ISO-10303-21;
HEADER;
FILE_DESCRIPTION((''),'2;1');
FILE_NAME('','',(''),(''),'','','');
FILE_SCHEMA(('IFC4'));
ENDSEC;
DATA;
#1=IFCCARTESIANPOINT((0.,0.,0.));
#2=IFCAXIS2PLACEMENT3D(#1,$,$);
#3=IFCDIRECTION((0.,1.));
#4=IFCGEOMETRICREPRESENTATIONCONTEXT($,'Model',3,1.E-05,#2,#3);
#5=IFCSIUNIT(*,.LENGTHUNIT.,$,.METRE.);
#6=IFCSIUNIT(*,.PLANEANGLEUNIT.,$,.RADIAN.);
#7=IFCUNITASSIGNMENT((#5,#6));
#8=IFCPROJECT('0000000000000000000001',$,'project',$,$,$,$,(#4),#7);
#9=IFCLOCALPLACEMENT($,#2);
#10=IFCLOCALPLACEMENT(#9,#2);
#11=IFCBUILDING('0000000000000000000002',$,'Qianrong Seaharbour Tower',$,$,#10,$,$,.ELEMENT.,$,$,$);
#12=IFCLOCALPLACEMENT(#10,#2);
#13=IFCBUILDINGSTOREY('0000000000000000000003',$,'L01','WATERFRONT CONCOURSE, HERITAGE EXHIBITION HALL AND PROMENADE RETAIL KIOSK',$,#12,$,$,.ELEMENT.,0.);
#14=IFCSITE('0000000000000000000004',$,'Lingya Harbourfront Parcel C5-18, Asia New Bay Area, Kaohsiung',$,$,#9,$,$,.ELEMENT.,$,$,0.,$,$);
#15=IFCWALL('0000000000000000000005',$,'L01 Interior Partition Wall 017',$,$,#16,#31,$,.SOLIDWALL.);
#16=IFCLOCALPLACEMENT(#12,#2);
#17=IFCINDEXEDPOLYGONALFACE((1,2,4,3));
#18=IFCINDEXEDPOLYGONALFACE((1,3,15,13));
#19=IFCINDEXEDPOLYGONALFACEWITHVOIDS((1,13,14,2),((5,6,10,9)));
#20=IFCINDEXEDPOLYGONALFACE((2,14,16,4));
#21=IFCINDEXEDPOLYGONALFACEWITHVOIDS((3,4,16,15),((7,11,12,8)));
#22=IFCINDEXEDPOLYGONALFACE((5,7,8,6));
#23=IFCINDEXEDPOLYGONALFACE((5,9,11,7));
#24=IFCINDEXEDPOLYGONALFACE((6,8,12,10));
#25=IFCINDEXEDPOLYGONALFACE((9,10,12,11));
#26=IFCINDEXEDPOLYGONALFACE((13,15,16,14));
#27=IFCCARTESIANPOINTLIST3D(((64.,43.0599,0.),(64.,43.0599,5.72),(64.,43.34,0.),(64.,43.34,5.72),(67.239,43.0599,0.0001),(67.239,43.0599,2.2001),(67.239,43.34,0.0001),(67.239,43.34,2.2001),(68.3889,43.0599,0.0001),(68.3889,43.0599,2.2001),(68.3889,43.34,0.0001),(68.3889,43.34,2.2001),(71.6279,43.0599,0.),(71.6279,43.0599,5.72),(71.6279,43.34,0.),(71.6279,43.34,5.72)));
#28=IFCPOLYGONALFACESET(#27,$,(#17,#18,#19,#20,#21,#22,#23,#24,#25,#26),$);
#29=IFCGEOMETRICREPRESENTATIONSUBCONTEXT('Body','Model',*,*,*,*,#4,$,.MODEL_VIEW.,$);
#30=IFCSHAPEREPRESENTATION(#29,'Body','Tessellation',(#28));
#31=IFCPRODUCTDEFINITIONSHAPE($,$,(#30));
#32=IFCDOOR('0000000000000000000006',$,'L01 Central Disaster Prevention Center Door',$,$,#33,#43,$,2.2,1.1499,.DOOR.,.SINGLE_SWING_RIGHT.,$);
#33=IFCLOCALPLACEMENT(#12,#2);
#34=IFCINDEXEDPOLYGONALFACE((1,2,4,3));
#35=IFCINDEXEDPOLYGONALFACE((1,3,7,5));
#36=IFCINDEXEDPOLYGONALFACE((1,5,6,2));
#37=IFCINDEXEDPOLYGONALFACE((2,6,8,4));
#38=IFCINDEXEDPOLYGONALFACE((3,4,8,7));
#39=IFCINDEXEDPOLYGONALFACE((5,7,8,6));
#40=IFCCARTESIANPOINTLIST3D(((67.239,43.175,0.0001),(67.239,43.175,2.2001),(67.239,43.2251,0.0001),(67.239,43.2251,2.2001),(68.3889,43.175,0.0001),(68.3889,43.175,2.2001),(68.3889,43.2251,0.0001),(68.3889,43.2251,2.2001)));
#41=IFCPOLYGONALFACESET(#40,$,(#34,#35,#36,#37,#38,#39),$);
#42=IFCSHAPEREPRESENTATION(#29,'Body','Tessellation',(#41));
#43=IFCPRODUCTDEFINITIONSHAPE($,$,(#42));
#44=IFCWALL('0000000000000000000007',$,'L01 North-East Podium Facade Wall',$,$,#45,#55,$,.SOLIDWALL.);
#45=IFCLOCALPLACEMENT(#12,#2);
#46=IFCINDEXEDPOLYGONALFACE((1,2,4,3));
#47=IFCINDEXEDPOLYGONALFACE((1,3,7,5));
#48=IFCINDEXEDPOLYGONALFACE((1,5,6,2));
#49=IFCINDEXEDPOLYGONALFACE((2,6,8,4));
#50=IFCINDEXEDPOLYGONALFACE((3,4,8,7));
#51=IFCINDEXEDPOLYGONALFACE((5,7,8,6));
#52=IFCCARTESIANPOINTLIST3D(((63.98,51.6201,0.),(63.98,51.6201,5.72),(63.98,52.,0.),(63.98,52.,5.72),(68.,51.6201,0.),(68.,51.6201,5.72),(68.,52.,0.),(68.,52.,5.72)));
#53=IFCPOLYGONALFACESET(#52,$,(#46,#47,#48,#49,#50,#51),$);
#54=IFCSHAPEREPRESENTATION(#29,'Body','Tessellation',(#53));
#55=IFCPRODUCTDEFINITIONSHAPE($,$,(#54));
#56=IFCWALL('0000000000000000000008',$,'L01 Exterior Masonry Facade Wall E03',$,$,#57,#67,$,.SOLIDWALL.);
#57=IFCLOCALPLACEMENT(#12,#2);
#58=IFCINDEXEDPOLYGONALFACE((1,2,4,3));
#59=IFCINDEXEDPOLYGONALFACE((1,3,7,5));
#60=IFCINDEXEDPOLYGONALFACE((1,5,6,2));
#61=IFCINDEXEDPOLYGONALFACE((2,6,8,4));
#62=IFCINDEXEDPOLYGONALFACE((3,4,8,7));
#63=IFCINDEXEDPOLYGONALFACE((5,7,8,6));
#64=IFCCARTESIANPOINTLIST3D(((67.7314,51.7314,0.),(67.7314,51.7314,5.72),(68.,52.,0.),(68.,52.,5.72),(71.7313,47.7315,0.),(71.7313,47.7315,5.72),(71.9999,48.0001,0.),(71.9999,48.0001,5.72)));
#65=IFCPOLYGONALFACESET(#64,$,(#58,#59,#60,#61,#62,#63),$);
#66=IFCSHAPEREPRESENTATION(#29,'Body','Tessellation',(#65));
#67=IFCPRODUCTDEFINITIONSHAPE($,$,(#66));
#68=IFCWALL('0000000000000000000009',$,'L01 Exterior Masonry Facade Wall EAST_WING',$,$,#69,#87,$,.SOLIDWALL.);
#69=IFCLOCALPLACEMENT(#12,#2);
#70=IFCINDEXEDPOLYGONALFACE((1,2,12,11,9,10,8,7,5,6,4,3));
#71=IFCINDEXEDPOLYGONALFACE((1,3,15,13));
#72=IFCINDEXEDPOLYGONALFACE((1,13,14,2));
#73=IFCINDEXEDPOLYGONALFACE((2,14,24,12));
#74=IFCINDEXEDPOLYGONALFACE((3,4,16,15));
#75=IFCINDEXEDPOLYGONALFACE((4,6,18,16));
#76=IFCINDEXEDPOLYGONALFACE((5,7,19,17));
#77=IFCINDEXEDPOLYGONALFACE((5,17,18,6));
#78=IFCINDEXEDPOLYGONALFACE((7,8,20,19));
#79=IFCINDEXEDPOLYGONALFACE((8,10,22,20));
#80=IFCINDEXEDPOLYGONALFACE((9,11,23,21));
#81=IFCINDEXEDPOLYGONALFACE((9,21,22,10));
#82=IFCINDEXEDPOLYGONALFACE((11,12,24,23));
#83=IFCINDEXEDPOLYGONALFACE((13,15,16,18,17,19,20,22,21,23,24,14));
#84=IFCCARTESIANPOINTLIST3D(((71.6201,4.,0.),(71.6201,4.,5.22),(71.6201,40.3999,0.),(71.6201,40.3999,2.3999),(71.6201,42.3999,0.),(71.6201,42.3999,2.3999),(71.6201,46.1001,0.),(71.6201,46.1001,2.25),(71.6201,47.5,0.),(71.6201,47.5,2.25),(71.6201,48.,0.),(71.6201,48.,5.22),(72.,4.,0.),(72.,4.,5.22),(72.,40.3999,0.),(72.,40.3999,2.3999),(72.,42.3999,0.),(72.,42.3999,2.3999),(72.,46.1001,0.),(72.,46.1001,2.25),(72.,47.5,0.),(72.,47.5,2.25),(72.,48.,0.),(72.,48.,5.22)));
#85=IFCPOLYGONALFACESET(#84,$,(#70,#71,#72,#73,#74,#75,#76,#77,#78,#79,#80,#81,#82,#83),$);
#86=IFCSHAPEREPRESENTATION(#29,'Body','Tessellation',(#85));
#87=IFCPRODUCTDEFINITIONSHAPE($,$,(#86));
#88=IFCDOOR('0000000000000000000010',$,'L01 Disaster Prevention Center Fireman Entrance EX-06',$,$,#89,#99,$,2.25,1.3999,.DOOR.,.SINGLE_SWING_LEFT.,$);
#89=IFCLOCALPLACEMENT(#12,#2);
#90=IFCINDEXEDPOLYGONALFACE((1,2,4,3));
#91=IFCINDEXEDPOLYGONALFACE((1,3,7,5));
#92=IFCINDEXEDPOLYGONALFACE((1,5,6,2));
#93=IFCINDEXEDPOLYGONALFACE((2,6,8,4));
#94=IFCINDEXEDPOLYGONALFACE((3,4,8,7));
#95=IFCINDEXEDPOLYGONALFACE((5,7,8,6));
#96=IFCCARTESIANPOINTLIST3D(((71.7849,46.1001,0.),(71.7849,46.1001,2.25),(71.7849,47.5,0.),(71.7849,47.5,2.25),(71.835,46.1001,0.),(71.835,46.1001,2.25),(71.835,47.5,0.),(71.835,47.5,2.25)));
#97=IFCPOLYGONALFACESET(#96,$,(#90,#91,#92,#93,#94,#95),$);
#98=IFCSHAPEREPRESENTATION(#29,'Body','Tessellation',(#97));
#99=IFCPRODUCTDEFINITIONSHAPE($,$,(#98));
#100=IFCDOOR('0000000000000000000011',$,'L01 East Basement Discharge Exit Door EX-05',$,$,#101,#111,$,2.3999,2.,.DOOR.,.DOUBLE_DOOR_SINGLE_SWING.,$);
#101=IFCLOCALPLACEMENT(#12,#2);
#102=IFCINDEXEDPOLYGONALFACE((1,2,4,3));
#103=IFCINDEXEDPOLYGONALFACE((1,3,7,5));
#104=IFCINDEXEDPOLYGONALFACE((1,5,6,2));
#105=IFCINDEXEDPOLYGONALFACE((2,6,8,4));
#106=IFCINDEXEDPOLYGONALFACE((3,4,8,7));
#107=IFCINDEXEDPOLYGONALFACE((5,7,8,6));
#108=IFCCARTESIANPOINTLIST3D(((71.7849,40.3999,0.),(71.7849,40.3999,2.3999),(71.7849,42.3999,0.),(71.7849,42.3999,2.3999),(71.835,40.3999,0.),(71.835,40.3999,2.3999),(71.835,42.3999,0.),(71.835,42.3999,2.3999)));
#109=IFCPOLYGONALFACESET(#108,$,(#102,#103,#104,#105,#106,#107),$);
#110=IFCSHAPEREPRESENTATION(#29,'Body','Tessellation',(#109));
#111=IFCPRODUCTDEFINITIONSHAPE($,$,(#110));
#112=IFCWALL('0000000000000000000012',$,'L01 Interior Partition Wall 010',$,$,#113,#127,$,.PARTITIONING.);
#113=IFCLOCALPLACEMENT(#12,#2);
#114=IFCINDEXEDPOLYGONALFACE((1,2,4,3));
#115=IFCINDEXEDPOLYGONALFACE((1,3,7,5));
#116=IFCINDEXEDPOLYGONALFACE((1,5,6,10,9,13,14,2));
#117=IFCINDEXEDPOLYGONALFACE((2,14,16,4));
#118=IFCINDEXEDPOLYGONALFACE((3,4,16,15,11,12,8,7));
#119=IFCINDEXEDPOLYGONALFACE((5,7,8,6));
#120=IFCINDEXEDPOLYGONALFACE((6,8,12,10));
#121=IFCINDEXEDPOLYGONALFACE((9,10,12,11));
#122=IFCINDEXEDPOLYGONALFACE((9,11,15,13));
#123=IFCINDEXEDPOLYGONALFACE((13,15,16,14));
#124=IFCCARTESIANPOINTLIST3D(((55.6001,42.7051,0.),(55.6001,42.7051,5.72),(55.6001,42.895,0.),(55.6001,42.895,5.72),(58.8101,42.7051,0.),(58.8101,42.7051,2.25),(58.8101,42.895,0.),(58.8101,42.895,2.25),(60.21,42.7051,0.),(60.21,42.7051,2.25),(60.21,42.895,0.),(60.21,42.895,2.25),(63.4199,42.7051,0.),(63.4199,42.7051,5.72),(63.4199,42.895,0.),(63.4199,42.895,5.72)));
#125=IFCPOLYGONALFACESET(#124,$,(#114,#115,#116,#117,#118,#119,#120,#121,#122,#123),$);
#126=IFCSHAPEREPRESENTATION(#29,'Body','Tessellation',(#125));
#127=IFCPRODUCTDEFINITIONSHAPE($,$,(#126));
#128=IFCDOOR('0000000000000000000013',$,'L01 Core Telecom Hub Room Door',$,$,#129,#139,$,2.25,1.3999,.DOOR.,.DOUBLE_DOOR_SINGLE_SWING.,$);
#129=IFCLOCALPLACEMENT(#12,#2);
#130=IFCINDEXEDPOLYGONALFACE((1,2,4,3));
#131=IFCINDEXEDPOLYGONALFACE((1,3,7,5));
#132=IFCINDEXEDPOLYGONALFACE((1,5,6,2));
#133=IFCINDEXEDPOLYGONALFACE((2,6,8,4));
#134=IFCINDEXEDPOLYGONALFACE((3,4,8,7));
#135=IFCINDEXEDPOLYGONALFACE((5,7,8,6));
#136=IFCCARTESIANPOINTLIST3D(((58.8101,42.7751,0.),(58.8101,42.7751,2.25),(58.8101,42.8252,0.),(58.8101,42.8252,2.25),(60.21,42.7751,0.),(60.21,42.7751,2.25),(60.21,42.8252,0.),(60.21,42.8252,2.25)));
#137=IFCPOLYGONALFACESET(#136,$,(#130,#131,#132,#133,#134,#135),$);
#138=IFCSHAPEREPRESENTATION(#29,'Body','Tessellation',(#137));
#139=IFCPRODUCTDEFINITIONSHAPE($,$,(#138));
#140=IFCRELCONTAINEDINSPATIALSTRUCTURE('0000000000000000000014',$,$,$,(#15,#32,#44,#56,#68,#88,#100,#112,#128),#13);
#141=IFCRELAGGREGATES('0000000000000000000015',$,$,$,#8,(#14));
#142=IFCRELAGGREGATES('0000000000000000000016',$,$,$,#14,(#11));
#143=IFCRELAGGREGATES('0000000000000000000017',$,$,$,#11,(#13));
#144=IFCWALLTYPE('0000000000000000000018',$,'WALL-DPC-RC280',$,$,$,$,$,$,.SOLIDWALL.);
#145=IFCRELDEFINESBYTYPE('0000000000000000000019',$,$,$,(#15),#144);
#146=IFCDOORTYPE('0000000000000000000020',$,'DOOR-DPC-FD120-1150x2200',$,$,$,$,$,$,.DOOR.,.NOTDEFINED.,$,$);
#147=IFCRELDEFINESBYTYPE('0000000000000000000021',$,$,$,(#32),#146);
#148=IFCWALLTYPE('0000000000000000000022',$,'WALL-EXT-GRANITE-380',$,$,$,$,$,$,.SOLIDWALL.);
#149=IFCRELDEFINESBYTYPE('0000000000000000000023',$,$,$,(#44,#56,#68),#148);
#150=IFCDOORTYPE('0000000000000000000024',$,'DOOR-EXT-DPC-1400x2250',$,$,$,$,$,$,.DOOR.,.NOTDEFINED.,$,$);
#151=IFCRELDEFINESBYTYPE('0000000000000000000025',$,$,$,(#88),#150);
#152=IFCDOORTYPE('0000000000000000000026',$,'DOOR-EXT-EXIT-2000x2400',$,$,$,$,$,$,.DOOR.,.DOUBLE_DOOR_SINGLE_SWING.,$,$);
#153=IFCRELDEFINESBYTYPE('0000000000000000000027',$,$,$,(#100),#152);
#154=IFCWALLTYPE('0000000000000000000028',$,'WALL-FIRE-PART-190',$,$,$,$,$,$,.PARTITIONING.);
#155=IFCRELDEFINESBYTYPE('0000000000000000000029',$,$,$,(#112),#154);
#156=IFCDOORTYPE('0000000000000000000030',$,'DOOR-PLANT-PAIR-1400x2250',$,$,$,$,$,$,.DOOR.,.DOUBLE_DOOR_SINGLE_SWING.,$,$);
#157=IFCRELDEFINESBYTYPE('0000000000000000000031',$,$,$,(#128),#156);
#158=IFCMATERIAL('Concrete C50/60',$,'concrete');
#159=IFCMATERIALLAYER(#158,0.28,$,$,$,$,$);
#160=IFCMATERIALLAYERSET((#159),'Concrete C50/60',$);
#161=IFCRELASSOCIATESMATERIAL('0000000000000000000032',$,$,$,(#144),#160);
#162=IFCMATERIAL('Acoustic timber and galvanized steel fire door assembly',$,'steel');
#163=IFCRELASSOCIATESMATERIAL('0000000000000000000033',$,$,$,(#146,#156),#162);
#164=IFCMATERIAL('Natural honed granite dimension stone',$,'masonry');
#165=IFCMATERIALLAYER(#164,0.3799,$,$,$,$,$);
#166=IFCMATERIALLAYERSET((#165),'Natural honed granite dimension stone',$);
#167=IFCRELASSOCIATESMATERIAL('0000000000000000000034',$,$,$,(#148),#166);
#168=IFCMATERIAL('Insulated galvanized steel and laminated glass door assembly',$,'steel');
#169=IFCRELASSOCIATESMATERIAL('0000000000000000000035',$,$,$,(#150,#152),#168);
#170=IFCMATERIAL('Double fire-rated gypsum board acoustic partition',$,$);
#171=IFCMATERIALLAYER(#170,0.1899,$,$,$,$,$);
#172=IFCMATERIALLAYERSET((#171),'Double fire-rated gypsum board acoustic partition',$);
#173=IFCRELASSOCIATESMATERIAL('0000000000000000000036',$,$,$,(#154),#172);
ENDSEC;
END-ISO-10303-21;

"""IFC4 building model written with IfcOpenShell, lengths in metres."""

from ifc_helpers import new_model, si_unit, direction, frame, frame_2d, origin, place, context, subcontext, project, spatial, rectangle, extrude, material, layer, layer_set, type_object, element, fill, save


model = new_model("IFC4")

# Units and contexts
model_context = context("Model", 3, precision=1e-05, world=origin(), true_north=direction((0.0, 1.0)))
body_context = subcontext(model_context, "Body", "Model", "MODEL_VIEW")
ifc_project = project(units=[si_unit("LENGTHUNIT", "METRE"), si_unit("PLANEANGLEUNIT", "RADIAN")], contexts=[model_context])

# Site, building, storey
site_placement = place(None, origin())
site = spatial("IfcSite", under=ifc_project, at=site_placement, Name="Lingya Harbourfront Parcel C5-18, Asia New Bay Area, Kaohsiung", CompositionType="ELEMENT", RefElevation=0.0)
building_placement = place(site_placement, origin())
building = spatial("IfcBuilding", under=site, at=building_placement, Name="Qianrong Seaharbour Tower", CompositionType="ELEMENT")
storey_placement = place(building_placement, origin())
storey = spatial("IfcBuildingStorey", under=building, at=storey_placement, Name="L01", Description="WATERFRONT CONCOURSE, HERITAGE EXHIBITION HALL AND PROMENADE RETAIL KIOSK", CompositionType="ELEMENT", Elevation=0.0)

# Wall, opening, door
ifc_material_1 = material(Name="Concrete C50/60", Category="concrete")
ifc_layer_1 = layer(ifc_material_1, 0.28)
ifc_layer_set_1 = layer_set([ifc_layer_1], Name="Concrete C50/60")
wall_type_1 = type_object("IfcWallType", Name="WALL-DPC-RC280", PredefinedType="SOLIDWALL", material=ifc_layer_set_1)
wall_1_placement = place(storey_placement, frame((71.6279, 43.2, 0.0), z_axis=(0.0, 0.0, 1.0), x_axis=(-1.0, 0.0, 0.0)))
wall_1 = element("IfcWall", 1, at=wall_1_placement, inside=storey, type_object=wall_type_1, Name="L01 Interior Partition Wall 017", PredefinedType="SOLIDWALL", context=body_context, shape_type="SweptSolid", body=[
    extrude(rectangle(XDim=7.6279, YDim=0.28, at=frame_2d((3.814, 0.0))), origin(), (0.0, 0.0, 1.0), 5.72),
])
opening_1_placement = place(wall_1_placement, frame((3.239, 0.0, 0.0)))
opening_1 = element("IfcOpeningElement", 2, at=opening_1_placement, cuts=wall_1, PredefinedType="OPENING", context=body_context, shape_type="SweptSolid", body=[
    extrude(rectangle(XDim=1.1499, YDim=2.2, at=frame_2d((0.575, 1.1001))), frame((0.0, 0.1499, 0.0), z_axis=(0.0, -1.0, 0.0), x_axis=(1.0, 0.0, 0.0)), (0.0, 0.0, 1.0), 0.3),
])
ifc_material_2 = material(Name="Acoustic timber and galvanized steel fire door assembly", Category="steel")
door_type_1 = type_object("IfcDoorType", Name="DOOR-DPC-FD120-1150x2200", OperationType="NOTDEFINED", PredefinedType="DOOR", material=ifc_material_2)
door_1_placement = place(opening_1_placement, origin())
door_1 = element("IfcDoor", 3, at=door_1_placement, inside=storey, type_object=door_type_1, Name="L01 Central Disaster Prevention Center Door", OperationType="SINGLE_SWING_RIGHT", OverallHeight=2.2, OverallWidth=1.1499, PredefinedType="DOOR", context=body_context, shape_type="SweptSolid", body=[
    extrude(rectangle(XDim=1.1499, YDim=2.2, at=frame_2d((0.575, 1.1001))), frame((0.0, 0.0249, 0.0), z_axis=(0.0, -1.0, 0.0), x_axis=(1.0, 0.0, 0.0)), (0.0, 0.0, 1.0), 0.05),
])
fill(opening_1, door_1)

# Walls
ifc_material_3 = material(Name="Natural honed granite dimension stone", Category="masonry")
ifc_layer_2 = layer(ifc_material_3, 0.3799)
ifc_layer_set_2 = layer_set([ifc_layer_2], Name="Natural honed granite dimension stone")
wall_type_2 = type_object("IfcWallType", Name="WALL-EXT-GRANITE-380", PredefinedType="SOLIDWALL", material=ifc_layer_set_2)
wall_2_placement = place(storey_placement, frame((63.98, 51.8101, 0.0), z_axis=(0.0, 0.0, 1.0), x_axis=(1.0, 0.0, 0.0)))
element("IfcWall", 4, at=wall_2_placement, inside=storey, type_object=wall_type_2, Name="L01 North-East Podium Facade Wall", PredefinedType="SOLIDWALL", context=body_context, shape_type="SweptSolid", body=[
    extrude(rectangle(XDim=4.02, YDim=0.3799, at=frame_2d((2.01, 0.0))), origin(), (0.0, 0.0, 1.0), 5.72),
])
wall_3_placement = place(storey_placement, frame((67.8657, 51.8657, 0.0), z_axis=(0.0, 0.0, 1.0), x_axis=(0.707107, -0.707107, 0.0)))
element("IfcWall", 5, at=wall_3_placement, inside=storey, type_object=wall_type_2, Name="L01 Exterior Masonry Facade Wall E03", PredefinedType="SOLIDWALL", context=body_context, shape_type="SweptSolid", body=[
    extrude(rectangle(XDim=5.6567, YDim=0.3799, at=frame_2d((2.8284, 0.0))), origin(), (0.0, 0.0, 1.0), 5.72),
])

# Wall, openings, doors
wall_4_placement = place(storey_placement, frame((71.8101, 48.0, 0.0), z_axis=(0.0, 0.0, 1.0), x_axis=(0.0, -1.0, 0.0)))
wall_4 = element("IfcWall", 6, at=wall_4_placement, inside=storey, type_object=wall_type_2, Name="L01 Exterior Masonry Facade Wall EAST_WING", PredefinedType="SOLIDWALL", context=body_context, shape_type="SweptSolid", body=[
    extrude(rectangle(XDim=44.0, YDim=0.3799, at=frame_2d((22.0, 0.0))), origin(), (0.0, 0.0, 1.0), 5.22),
])
opening_2_placement = place(wall_4_placement, frame((5.6001, 0.0, 0.0)))
opening_2 = element("IfcOpeningElement", 7, at=opening_2_placement, cuts=wall_4, PredefinedType="OPENING", context=body_context, shape_type="SweptSolid", body=[
    extrude(rectangle(XDim=2.0, YDim=2.3999, at=frame_2d((1.0, 1.2))), frame((0.0, 0.2, 0.0), z_axis=(0.0, -1.0, 0.0), x_axis=(1.0, 0.0, 0.0)), (0.0, 0.0, 1.0), 0.3999),
])
opening_3_placement = place(wall_4_placement, frame((0.5, 0.0, 0.0)))
opening_3 = element("IfcOpeningElement", 8, at=opening_3_placement, cuts=wall_4, PredefinedType="OPENING", context=body_context, shape_type="SweptSolid", body=[
    extrude(rectangle(XDim=1.3999, YDim=2.25, at=frame_2d((0.7, 1.125))), frame((0.0, 0.2, 0.0), z_axis=(0.0, -1.0, 0.0), x_axis=(1.0, 0.0, 0.0)), (0.0, 0.0, 1.0), 0.3999),
])
ifc_material_4 = material(Name="Insulated galvanized steel and laminated glass door assembly", Category="steel")
door_type_2 = type_object("IfcDoorType", Name="DOOR-EXT-DPC-1400x2250", OperationType="NOTDEFINED", PredefinedType="DOOR", material=ifc_material_4)
door_2_placement = place(opening_3_placement, origin())
door_2 = element("IfcDoor", 9, at=door_2_placement, inside=storey, type_object=door_type_2, Name="L01 Disaster Prevention Center Fireman Entrance EX-06", OperationType="SINGLE_SWING_LEFT", OverallHeight=2.25, OverallWidth=1.3999, PredefinedType="DOOR", context=body_context, shape_type="SweptSolid", body=[
    extrude(rectangle(XDim=1.3999, YDim=2.25, at=frame_2d((0.7, 1.125))), frame((0.0, 0.0249, 0.0), z_axis=(0.0, -1.0, 0.0), x_axis=(1.0, 0.0, 0.0)), (0.0, 0.0, 1.0), 0.05),
])
fill(opening_3, door_2)
door_type_3 = type_object("IfcDoorType", Name="DOOR-EXT-EXIT-2000x2400", OperationType="DOUBLE_DOOR_SINGLE_SWING", PredefinedType="DOOR", material=ifc_material_4)
door_3_placement = place(opening_2_placement, origin())
door_3 = element("IfcDoor", 10, at=door_3_placement, inside=storey, type_object=door_type_3, Name="L01 East Basement Discharge Exit Door EX-05", OperationType="DOUBLE_DOOR_SINGLE_SWING", OverallHeight=2.3999, OverallWidth=2.0, PredefinedType="DOOR", context=body_context, shape_type="SweptSolid", body=[
    extrude(rectangle(XDim=2.0, YDim=2.3999, at=frame_2d((1.0, 1.2))), frame((0.0, 0.0249, 0.0), z_axis=(0.0, -1.0, 0.0), x_axis=(1.0, 0.0, 0.0)), (0.0, 0.0, 1.0), 0.05),
])
fill(opening_2, door_3)

# Wall, opening, door
ifc_material_5 = material(Name="Double fire-rated gypsum board acoustic partition")
ifc_layer_3 = layer(ifc_material_5, 0.1899)
ifc_layer_set_3 = layer_set([ifc_layer_3], Name="Double fire-rated gypsum board acoustic partition")
wall_type_3 = type_object("IfcWallType", Name="WALL-FIRE-PART-190", PredefinedType="PARTITIONING", material=ifc_layer_set_3)
wall_5_placement = place(storey_placement, frame((63.4199, 42.8, 0.0), z_axis=(0.0, 0.0, 1.0), x_axis=(-1.0, 0.0, 0.0)))
wall_5 = element("IfcWall", 11, at=wall_5_placement, inside=storey, type_object=wall_type_3, Name="L01 Interior Partition Wall 010", PredefinedType="PARTITIONING", context=body_context, shape_type="SweptSolid", body=[
    extrude(rectangle(XDim=7.8198, YDim=0.1899, at=frame_2d((3.9099, 0.0))), origin(), (0.0, 0.0, 1.0), 5.72),
])
opening_4_placement = place(wall_5_placement, frame((3.21, 0.0, 0.0)))
opening_4 = element("IfcOpeningElement", 12, at=opening_4_placement, cuts=wall_5, PredefinedType="OPENING", context=body_context, shape_type="SweptSolid", body=[
    extrude(rectangle(XDim=1.3999, YDim=2.25, at=frame_2d((0.7, 1.125))), frame((0.0, 0.105, 0.0), z_axis=(0.0, -1.0, 0.0), x_axis=(1.0, 0.0, 0.0)), (0.0, 0.0, 1.0), 0.21),
])
door_type_4 = type_object("IfcDoorType", Name="DOOR-PLANT-PAIR-1400x2250", OperationType="DOUBLE_DOOR_SINGLE_SWING", PredefinedType="DOOR", material=ifc_material_2)
door_4_placement = place(opening_4_placement, origin())
door_4 = element("IfcDoor", 13, at=door_4_placement, inside=storey, type_object=door_type_4, Name="L01 Core Telecom Hub Room Door", OperationType="DOUBLE_DOOR_SINGLE_SWING", OverallHeight=2.25, OverallWidth=1.3999, PredefinedType="DOOR", context=body_context, shape_type="SweptSolid", body=[
    extrude(rectangle(XDim=1.3999, YDim=2.25, at=frame_2d((0.7, 1.125))), frame((0.0, 0.0249, 0.0), z_axis=(0.0, -1.0, 0.0), x_axis=(1.0, 0.0, 0.0)), (0.0, 0.0, 1.0), 0.05),
])
fill(opening_4, door_4)

save(model, "model.ifc")
